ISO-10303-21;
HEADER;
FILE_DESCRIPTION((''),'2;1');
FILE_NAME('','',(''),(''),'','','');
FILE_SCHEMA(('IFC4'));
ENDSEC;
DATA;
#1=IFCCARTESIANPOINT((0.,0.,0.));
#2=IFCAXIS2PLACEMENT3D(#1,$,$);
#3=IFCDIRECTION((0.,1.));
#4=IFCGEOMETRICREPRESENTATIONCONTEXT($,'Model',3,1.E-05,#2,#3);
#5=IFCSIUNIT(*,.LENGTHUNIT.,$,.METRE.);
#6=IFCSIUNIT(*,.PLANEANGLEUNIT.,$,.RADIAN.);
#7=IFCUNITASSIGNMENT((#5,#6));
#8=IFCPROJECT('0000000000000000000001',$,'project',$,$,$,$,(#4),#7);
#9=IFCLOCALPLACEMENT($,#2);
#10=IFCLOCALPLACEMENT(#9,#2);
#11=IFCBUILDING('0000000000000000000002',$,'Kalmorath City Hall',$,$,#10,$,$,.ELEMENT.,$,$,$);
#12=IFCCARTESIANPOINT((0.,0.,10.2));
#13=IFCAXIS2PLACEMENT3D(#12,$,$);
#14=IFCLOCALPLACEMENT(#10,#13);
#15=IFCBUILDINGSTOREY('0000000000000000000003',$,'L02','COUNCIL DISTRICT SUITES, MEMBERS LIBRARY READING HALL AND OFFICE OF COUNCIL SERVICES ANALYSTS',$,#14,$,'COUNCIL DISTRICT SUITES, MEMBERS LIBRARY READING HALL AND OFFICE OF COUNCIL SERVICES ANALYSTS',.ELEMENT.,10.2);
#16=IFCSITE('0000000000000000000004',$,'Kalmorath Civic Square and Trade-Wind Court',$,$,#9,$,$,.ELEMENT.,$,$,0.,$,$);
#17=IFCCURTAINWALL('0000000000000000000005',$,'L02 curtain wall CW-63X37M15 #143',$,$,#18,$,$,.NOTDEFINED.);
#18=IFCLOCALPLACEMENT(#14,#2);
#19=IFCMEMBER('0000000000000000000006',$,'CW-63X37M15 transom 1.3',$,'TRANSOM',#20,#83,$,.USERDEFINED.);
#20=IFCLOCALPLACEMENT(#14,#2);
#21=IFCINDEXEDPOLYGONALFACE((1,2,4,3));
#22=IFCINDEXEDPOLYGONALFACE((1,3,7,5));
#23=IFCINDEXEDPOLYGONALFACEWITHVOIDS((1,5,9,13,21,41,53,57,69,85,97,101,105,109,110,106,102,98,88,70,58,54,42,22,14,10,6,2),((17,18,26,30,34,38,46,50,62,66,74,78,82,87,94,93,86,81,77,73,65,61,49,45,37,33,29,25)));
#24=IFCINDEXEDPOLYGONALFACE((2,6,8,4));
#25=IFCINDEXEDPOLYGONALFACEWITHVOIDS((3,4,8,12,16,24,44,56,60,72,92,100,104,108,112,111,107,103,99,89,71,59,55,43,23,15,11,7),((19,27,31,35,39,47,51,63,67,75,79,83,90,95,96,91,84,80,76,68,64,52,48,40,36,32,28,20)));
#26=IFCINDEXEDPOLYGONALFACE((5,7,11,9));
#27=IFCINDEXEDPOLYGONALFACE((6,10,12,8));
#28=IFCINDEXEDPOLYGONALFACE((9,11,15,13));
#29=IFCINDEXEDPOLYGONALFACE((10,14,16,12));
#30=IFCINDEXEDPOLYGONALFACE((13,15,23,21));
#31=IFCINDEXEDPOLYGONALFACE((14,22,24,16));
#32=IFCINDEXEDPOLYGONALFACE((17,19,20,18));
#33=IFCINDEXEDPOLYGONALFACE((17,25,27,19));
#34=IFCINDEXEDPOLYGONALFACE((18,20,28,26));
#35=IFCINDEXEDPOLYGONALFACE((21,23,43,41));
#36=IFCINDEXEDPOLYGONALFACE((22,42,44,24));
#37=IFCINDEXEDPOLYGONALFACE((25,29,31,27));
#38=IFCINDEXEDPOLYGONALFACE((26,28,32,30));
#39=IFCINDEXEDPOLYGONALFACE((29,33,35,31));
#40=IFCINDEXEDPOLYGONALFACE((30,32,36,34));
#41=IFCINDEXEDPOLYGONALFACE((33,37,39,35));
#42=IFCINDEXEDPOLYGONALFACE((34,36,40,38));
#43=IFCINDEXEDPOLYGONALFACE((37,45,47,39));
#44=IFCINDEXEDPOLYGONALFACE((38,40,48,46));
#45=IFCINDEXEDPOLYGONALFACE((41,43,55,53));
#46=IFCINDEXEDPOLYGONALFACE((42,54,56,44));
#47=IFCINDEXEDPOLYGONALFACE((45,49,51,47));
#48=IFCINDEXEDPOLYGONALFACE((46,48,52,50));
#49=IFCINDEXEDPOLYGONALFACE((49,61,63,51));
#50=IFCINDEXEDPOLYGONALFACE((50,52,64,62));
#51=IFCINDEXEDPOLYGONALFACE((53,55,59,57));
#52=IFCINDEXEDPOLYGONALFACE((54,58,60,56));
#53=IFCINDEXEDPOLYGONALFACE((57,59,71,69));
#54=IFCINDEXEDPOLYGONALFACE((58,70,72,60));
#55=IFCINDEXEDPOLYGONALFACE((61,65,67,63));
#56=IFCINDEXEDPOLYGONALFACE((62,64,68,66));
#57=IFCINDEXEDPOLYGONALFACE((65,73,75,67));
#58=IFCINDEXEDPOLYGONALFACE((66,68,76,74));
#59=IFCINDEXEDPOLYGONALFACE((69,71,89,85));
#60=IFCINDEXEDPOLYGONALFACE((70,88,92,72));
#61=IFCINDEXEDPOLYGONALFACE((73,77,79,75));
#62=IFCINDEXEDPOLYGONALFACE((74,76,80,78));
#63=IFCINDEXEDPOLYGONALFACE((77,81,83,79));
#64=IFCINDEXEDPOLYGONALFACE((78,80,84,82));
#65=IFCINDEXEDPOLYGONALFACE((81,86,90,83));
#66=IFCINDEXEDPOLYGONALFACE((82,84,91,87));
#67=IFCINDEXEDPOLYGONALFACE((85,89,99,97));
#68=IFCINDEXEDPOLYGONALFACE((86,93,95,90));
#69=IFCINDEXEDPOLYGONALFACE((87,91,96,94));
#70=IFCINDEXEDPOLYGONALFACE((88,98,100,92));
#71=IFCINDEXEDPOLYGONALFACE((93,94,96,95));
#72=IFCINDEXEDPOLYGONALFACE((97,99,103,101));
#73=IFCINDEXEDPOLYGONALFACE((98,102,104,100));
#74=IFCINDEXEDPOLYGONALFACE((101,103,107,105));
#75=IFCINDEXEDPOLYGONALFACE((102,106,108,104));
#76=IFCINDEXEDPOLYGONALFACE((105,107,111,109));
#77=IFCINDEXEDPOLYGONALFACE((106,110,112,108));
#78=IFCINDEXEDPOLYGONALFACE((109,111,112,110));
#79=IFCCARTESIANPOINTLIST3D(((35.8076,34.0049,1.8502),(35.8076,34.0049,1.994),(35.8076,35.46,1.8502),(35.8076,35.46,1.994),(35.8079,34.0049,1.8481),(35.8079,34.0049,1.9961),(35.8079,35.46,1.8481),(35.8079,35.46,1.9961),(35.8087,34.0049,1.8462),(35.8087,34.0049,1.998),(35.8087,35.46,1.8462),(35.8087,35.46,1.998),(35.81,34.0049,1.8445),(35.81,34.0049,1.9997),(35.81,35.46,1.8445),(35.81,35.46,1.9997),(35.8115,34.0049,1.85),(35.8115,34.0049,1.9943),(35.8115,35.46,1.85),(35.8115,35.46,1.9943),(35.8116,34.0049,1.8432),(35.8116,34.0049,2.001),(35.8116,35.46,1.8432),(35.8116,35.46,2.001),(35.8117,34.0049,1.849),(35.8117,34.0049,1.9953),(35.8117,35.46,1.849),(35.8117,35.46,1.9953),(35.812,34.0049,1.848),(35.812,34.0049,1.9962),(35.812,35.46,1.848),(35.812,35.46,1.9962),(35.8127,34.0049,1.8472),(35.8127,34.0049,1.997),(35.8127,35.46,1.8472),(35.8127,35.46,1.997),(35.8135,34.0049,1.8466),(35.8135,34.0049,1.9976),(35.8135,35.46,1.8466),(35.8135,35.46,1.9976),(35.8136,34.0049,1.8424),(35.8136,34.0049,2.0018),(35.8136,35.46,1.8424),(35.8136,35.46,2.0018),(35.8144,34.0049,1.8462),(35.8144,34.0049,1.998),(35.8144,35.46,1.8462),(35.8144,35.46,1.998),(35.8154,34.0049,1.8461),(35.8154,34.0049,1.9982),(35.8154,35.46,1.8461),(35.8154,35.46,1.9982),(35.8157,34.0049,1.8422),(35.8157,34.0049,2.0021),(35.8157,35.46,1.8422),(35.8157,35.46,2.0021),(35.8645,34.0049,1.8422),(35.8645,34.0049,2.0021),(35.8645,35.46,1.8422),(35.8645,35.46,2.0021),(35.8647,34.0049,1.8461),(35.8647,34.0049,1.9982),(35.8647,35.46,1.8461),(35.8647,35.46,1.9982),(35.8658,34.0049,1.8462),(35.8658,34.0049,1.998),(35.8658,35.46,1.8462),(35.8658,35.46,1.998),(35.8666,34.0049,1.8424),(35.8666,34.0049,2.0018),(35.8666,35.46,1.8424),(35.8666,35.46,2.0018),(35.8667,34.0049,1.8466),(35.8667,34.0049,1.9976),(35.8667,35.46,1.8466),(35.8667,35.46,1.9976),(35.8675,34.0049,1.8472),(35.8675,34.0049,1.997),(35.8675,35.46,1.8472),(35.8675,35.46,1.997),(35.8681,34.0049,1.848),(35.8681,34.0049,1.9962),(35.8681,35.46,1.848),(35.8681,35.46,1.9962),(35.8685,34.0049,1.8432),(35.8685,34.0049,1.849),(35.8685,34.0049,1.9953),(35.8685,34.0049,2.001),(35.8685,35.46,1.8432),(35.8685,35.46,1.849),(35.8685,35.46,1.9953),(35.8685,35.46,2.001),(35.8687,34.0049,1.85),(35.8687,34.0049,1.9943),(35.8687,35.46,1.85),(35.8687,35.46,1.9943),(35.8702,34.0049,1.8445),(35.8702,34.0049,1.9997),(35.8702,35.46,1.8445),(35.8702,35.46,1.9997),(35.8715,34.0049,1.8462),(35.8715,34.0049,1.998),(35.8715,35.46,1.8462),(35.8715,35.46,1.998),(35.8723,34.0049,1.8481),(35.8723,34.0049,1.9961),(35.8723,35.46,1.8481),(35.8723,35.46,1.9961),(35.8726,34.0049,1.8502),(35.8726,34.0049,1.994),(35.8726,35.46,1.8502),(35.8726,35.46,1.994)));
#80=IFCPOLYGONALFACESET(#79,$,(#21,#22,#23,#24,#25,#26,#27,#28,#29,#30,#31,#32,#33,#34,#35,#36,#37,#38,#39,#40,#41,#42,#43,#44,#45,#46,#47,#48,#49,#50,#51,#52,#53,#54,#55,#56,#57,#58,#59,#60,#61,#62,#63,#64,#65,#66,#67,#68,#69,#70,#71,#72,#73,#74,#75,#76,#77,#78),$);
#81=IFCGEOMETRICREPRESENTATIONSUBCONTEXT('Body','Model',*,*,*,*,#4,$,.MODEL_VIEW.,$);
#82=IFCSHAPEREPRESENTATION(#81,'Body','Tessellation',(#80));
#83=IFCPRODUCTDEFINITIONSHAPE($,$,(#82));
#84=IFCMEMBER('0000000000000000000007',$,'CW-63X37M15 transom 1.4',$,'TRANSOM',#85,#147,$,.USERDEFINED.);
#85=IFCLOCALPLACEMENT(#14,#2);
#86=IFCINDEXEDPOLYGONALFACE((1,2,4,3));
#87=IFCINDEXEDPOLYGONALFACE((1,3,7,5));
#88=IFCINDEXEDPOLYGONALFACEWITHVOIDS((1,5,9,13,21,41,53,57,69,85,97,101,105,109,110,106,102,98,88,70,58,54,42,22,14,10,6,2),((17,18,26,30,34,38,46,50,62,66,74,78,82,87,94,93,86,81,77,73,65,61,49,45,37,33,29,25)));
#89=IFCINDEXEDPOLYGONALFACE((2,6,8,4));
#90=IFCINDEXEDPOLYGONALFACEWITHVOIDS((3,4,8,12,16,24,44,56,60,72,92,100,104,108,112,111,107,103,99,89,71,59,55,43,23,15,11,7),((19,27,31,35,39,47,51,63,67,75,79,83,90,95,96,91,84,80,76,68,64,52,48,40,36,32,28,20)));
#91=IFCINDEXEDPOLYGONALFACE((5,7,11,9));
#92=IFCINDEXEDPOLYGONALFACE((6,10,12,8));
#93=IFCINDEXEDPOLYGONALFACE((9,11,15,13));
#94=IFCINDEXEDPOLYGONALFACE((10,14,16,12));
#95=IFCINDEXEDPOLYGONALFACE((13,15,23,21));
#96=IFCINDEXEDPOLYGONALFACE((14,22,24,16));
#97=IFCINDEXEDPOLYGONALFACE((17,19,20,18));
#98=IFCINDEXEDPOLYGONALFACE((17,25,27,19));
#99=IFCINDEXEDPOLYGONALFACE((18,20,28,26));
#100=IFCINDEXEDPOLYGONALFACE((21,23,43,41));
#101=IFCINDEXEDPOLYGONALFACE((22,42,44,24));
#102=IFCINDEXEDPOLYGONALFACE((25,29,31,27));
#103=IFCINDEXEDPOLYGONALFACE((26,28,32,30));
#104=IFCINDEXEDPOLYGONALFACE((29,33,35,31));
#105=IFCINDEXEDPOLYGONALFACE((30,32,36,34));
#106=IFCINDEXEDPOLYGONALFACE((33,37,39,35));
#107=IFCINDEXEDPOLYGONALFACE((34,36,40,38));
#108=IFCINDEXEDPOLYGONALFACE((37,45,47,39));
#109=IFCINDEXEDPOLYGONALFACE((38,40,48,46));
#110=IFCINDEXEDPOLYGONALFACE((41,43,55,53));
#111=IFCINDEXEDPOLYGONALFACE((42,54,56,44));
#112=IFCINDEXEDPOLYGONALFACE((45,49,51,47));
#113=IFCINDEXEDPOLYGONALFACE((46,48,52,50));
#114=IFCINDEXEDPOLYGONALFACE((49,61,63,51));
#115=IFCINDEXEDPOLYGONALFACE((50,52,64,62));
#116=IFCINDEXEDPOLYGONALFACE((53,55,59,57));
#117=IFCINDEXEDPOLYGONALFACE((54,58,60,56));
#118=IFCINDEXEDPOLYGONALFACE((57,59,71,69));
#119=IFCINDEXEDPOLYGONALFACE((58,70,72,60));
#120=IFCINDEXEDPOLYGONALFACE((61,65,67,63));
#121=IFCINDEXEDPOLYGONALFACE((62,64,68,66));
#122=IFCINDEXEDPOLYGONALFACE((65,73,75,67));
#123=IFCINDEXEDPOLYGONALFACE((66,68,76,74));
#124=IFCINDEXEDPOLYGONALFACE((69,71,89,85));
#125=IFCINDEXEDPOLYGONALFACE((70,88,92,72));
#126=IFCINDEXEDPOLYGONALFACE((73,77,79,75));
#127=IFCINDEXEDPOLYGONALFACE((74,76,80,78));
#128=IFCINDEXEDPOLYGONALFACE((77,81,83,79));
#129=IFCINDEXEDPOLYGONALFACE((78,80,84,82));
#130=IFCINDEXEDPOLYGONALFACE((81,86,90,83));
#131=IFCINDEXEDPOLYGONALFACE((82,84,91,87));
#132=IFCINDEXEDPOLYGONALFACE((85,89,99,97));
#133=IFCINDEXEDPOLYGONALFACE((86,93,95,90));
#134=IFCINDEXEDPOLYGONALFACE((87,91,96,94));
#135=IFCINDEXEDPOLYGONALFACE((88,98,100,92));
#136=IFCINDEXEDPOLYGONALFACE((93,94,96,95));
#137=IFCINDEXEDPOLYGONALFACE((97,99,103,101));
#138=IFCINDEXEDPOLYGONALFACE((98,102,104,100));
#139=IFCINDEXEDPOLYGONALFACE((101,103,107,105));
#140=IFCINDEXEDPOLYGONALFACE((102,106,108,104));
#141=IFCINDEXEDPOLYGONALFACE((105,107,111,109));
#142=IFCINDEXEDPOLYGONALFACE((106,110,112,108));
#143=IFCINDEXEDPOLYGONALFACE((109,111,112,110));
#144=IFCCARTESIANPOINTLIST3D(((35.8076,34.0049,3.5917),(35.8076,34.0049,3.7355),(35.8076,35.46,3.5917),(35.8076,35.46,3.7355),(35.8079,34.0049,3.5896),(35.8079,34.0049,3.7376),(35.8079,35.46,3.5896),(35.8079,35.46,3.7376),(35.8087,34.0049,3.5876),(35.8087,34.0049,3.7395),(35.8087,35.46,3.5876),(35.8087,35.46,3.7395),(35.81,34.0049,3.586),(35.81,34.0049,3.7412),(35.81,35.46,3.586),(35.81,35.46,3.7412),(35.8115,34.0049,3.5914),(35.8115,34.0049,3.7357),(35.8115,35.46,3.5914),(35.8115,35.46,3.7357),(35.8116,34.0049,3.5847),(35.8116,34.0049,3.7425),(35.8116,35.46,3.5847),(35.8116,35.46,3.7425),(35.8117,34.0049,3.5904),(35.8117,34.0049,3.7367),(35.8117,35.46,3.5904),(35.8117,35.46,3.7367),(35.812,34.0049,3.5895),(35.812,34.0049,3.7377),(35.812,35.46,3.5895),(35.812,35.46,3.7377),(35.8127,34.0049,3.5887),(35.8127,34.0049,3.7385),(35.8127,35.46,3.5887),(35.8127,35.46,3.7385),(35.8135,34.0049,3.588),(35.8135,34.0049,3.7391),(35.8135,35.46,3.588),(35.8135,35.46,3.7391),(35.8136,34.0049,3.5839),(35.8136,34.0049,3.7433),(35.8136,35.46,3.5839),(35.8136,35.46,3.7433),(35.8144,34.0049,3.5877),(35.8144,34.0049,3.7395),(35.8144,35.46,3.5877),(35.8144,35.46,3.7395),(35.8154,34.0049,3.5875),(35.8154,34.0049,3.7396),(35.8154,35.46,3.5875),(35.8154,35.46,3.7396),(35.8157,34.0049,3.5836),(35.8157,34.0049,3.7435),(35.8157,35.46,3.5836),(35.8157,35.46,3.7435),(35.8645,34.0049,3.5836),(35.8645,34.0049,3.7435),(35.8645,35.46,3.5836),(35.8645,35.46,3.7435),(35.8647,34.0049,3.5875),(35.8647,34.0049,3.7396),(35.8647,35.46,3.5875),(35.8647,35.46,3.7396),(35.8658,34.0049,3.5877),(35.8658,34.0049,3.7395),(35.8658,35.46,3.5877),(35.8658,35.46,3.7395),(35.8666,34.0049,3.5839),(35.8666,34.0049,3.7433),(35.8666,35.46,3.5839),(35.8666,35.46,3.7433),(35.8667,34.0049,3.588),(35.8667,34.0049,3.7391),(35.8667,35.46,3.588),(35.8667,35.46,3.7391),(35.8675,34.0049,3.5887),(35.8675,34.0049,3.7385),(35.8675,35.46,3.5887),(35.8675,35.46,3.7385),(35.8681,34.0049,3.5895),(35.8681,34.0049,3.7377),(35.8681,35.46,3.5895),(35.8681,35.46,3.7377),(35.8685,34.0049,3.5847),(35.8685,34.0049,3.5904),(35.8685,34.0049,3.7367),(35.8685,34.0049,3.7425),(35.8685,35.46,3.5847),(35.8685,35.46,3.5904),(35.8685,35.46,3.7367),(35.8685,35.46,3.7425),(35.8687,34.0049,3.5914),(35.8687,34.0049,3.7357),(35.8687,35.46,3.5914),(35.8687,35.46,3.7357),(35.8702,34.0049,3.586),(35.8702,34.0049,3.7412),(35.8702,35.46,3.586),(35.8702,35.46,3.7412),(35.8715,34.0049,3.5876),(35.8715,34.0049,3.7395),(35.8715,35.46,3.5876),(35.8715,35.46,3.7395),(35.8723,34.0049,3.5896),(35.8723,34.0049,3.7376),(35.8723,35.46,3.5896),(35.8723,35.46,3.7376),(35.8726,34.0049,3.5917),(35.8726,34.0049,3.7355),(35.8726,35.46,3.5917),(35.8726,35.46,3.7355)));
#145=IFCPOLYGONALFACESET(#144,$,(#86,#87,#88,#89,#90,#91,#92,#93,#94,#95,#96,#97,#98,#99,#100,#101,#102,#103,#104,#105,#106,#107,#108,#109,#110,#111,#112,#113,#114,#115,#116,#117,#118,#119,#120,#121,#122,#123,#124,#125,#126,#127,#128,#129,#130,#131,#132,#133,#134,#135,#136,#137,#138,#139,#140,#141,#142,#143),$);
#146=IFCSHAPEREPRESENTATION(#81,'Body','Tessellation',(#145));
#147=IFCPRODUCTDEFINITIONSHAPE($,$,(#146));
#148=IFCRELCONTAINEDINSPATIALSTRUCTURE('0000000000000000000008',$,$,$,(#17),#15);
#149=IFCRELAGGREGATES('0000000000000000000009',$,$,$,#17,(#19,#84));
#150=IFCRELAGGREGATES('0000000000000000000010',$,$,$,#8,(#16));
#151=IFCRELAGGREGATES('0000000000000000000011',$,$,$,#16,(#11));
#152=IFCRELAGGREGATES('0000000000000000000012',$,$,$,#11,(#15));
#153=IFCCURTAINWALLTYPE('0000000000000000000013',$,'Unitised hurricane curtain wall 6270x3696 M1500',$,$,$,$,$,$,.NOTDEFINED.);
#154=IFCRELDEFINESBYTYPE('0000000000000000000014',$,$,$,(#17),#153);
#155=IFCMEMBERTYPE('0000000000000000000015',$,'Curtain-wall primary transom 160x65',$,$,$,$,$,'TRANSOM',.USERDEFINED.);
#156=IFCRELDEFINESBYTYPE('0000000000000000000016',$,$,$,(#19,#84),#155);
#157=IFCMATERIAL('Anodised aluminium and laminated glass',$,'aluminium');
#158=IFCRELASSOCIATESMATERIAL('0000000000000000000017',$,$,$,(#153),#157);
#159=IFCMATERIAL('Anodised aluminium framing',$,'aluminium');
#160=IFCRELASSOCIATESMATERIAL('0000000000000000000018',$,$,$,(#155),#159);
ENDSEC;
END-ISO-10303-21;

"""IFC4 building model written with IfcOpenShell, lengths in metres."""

from ifc_helpers import new_model, si_unit, direction, frame, origin, origin_2d, place, context, subcontext, project, spatial, hollow_rectangle, extrude, material, material_profile, profile_set, type_object, element, aggregate, save


model = new_model("IFC4")

# Units and contexts
model_context = context("Model", 3, precision=1e-05, world=origin(), true_north=direction((0.0, 1.0)))
body_context = subcontext(model_context, "Body", "Model", "MODEL_VIEW")
ifc_project = project(units=[si_unit("LENGTHUNIT", "METRE"), si_unit("PLANEANGLEUNIT", "RADIAN")], contexts=[model_context])

# Site, building, storey
site_placement = place(None, origin())
site = spatial("IfcSite", under=ifc_project, at=site_placement, Name="Kalmorath Civic Square and Trade-Wind Court", CompositionType="ELEMENT", RefElevation=0.0)
building_placement = place(site_placement, origin())
building = spatial("IfcBuilding", under=site, at=building_placement, Name="Kalmorath City Hall", CompositionType="ELEMENT")
storey_placement = place(building_placement, frame((0.0, 0.0, 10.2)))
storey = spatial("IfcBuildingStorey", under=building, at=storey_placement, Name="L02", Description="COUNCIL DISTRICT SUITES, MEMBERS LIBRARY READING HALL AND OFFICE OF COUNCIL SERVICES ANALYSTS", LongName="COUNCIL DISTRICT SUITES, MEMBERS LIBRARY READING HALL AND OFFICE OF COUNCIL SERVICES ANALYSTS", CompositionType="ELEMENT", Elevation=10.2)

# Curtain wall, members
ifc_material_1 = material(Name="Anodised aluminium and laminated glass", Category="aluminium")
curtain_wall_type = type_object("IfcCurtainWallType", Name="Unitised hurricane curtain wall 6270x3696 M1500", PredefinedType="NOTDEFINED", material=ifc_material_1)
curtain_wall_placement = place(storey_placement, origin())
curtain_wall = element("IfcCurtainWall", 1, at=curtain_wall_placement, inside=storey, type_object=curtain_wall_type, Name="L02 curtain wall CW-63X37M15 #143", PredefinedType="NOTDEFINED")
ifc_material_2 = material(Name="Anodised aluminium framing", Category="aluminium")
ifc_material_profile_1 = material_profile(ifc_material_2, hollow_rectangle(XDim=0.0649, YDim=0.1599, WallThickness=0.0039, InnerFilletRadius=0.0039, OuterFilletRadius=0.0081, at=origin_2d()), Name="ALU-TRN-160X65X4")
ifc_profile_set_1 = profile_set([ifc_material_profile_1], Name="Anodised aluminium framing")
member_type_1 = type_object("IfcMemberType", Name="Curtain-wall primary transom 160x65", ElementType="TRANSOM", PredefinedType="USERDEFINED", material=ifc_profile_set_1)
member_1_placement = place(storey_placement, frame((35.8401, 35.46, 1.9221), z_axis=(0.0, -1.0, 0.0), x_axis=(1.0, 0.0, 0.0)))
member_1 = element("IfcMember", 2, at=member_1_placement, type_object=member_type_1, Name="CW-63X37M15 transom 1.3", ObjectType="TRANSOM", PredefinedType="USERDEFINED", context=body_context, shape_type="SweptSolid", body=[
    extrude(hollow_rectangle(XDim=0.0649, YDim=0.1599, WallThickness=0.0039, InnerFilletRadius=0.0039, OuterFilletRadius=0.0081, at=origin_2d()), origin(), (0.0, 0.0, 1.0), 1.4551),
])
member_2_placement = place(storey_placement, frame((35.8401, 35.46, 3.6636), z_axis=(0.0, -1.0, 0.0), x_axis=(1.0, 0.0, 0.0)))
member_2 = element("IfcMember", 3, at=member_2_placement, type_object=member_type_1, Name="CW-63X37M15 transom 1.4", ObjectType="TRANSOM", PredefinedType="USERDEFINED", context=body_context, shape_type="SweptSolid", body=[
    extrude(hollow_rectangle(XDim=0.0649, YDim=0.1599, WallThickness=0.0039, InnerFilletRadius=0.0039, OuterFilletRadius=0.0081, at=origin_2d()), origin(), (0.0, 0.0, 1.0), 1.4551),
])

aggregate(curtain_wall, [member_1, member_2])

save(model, "model.ifc")
